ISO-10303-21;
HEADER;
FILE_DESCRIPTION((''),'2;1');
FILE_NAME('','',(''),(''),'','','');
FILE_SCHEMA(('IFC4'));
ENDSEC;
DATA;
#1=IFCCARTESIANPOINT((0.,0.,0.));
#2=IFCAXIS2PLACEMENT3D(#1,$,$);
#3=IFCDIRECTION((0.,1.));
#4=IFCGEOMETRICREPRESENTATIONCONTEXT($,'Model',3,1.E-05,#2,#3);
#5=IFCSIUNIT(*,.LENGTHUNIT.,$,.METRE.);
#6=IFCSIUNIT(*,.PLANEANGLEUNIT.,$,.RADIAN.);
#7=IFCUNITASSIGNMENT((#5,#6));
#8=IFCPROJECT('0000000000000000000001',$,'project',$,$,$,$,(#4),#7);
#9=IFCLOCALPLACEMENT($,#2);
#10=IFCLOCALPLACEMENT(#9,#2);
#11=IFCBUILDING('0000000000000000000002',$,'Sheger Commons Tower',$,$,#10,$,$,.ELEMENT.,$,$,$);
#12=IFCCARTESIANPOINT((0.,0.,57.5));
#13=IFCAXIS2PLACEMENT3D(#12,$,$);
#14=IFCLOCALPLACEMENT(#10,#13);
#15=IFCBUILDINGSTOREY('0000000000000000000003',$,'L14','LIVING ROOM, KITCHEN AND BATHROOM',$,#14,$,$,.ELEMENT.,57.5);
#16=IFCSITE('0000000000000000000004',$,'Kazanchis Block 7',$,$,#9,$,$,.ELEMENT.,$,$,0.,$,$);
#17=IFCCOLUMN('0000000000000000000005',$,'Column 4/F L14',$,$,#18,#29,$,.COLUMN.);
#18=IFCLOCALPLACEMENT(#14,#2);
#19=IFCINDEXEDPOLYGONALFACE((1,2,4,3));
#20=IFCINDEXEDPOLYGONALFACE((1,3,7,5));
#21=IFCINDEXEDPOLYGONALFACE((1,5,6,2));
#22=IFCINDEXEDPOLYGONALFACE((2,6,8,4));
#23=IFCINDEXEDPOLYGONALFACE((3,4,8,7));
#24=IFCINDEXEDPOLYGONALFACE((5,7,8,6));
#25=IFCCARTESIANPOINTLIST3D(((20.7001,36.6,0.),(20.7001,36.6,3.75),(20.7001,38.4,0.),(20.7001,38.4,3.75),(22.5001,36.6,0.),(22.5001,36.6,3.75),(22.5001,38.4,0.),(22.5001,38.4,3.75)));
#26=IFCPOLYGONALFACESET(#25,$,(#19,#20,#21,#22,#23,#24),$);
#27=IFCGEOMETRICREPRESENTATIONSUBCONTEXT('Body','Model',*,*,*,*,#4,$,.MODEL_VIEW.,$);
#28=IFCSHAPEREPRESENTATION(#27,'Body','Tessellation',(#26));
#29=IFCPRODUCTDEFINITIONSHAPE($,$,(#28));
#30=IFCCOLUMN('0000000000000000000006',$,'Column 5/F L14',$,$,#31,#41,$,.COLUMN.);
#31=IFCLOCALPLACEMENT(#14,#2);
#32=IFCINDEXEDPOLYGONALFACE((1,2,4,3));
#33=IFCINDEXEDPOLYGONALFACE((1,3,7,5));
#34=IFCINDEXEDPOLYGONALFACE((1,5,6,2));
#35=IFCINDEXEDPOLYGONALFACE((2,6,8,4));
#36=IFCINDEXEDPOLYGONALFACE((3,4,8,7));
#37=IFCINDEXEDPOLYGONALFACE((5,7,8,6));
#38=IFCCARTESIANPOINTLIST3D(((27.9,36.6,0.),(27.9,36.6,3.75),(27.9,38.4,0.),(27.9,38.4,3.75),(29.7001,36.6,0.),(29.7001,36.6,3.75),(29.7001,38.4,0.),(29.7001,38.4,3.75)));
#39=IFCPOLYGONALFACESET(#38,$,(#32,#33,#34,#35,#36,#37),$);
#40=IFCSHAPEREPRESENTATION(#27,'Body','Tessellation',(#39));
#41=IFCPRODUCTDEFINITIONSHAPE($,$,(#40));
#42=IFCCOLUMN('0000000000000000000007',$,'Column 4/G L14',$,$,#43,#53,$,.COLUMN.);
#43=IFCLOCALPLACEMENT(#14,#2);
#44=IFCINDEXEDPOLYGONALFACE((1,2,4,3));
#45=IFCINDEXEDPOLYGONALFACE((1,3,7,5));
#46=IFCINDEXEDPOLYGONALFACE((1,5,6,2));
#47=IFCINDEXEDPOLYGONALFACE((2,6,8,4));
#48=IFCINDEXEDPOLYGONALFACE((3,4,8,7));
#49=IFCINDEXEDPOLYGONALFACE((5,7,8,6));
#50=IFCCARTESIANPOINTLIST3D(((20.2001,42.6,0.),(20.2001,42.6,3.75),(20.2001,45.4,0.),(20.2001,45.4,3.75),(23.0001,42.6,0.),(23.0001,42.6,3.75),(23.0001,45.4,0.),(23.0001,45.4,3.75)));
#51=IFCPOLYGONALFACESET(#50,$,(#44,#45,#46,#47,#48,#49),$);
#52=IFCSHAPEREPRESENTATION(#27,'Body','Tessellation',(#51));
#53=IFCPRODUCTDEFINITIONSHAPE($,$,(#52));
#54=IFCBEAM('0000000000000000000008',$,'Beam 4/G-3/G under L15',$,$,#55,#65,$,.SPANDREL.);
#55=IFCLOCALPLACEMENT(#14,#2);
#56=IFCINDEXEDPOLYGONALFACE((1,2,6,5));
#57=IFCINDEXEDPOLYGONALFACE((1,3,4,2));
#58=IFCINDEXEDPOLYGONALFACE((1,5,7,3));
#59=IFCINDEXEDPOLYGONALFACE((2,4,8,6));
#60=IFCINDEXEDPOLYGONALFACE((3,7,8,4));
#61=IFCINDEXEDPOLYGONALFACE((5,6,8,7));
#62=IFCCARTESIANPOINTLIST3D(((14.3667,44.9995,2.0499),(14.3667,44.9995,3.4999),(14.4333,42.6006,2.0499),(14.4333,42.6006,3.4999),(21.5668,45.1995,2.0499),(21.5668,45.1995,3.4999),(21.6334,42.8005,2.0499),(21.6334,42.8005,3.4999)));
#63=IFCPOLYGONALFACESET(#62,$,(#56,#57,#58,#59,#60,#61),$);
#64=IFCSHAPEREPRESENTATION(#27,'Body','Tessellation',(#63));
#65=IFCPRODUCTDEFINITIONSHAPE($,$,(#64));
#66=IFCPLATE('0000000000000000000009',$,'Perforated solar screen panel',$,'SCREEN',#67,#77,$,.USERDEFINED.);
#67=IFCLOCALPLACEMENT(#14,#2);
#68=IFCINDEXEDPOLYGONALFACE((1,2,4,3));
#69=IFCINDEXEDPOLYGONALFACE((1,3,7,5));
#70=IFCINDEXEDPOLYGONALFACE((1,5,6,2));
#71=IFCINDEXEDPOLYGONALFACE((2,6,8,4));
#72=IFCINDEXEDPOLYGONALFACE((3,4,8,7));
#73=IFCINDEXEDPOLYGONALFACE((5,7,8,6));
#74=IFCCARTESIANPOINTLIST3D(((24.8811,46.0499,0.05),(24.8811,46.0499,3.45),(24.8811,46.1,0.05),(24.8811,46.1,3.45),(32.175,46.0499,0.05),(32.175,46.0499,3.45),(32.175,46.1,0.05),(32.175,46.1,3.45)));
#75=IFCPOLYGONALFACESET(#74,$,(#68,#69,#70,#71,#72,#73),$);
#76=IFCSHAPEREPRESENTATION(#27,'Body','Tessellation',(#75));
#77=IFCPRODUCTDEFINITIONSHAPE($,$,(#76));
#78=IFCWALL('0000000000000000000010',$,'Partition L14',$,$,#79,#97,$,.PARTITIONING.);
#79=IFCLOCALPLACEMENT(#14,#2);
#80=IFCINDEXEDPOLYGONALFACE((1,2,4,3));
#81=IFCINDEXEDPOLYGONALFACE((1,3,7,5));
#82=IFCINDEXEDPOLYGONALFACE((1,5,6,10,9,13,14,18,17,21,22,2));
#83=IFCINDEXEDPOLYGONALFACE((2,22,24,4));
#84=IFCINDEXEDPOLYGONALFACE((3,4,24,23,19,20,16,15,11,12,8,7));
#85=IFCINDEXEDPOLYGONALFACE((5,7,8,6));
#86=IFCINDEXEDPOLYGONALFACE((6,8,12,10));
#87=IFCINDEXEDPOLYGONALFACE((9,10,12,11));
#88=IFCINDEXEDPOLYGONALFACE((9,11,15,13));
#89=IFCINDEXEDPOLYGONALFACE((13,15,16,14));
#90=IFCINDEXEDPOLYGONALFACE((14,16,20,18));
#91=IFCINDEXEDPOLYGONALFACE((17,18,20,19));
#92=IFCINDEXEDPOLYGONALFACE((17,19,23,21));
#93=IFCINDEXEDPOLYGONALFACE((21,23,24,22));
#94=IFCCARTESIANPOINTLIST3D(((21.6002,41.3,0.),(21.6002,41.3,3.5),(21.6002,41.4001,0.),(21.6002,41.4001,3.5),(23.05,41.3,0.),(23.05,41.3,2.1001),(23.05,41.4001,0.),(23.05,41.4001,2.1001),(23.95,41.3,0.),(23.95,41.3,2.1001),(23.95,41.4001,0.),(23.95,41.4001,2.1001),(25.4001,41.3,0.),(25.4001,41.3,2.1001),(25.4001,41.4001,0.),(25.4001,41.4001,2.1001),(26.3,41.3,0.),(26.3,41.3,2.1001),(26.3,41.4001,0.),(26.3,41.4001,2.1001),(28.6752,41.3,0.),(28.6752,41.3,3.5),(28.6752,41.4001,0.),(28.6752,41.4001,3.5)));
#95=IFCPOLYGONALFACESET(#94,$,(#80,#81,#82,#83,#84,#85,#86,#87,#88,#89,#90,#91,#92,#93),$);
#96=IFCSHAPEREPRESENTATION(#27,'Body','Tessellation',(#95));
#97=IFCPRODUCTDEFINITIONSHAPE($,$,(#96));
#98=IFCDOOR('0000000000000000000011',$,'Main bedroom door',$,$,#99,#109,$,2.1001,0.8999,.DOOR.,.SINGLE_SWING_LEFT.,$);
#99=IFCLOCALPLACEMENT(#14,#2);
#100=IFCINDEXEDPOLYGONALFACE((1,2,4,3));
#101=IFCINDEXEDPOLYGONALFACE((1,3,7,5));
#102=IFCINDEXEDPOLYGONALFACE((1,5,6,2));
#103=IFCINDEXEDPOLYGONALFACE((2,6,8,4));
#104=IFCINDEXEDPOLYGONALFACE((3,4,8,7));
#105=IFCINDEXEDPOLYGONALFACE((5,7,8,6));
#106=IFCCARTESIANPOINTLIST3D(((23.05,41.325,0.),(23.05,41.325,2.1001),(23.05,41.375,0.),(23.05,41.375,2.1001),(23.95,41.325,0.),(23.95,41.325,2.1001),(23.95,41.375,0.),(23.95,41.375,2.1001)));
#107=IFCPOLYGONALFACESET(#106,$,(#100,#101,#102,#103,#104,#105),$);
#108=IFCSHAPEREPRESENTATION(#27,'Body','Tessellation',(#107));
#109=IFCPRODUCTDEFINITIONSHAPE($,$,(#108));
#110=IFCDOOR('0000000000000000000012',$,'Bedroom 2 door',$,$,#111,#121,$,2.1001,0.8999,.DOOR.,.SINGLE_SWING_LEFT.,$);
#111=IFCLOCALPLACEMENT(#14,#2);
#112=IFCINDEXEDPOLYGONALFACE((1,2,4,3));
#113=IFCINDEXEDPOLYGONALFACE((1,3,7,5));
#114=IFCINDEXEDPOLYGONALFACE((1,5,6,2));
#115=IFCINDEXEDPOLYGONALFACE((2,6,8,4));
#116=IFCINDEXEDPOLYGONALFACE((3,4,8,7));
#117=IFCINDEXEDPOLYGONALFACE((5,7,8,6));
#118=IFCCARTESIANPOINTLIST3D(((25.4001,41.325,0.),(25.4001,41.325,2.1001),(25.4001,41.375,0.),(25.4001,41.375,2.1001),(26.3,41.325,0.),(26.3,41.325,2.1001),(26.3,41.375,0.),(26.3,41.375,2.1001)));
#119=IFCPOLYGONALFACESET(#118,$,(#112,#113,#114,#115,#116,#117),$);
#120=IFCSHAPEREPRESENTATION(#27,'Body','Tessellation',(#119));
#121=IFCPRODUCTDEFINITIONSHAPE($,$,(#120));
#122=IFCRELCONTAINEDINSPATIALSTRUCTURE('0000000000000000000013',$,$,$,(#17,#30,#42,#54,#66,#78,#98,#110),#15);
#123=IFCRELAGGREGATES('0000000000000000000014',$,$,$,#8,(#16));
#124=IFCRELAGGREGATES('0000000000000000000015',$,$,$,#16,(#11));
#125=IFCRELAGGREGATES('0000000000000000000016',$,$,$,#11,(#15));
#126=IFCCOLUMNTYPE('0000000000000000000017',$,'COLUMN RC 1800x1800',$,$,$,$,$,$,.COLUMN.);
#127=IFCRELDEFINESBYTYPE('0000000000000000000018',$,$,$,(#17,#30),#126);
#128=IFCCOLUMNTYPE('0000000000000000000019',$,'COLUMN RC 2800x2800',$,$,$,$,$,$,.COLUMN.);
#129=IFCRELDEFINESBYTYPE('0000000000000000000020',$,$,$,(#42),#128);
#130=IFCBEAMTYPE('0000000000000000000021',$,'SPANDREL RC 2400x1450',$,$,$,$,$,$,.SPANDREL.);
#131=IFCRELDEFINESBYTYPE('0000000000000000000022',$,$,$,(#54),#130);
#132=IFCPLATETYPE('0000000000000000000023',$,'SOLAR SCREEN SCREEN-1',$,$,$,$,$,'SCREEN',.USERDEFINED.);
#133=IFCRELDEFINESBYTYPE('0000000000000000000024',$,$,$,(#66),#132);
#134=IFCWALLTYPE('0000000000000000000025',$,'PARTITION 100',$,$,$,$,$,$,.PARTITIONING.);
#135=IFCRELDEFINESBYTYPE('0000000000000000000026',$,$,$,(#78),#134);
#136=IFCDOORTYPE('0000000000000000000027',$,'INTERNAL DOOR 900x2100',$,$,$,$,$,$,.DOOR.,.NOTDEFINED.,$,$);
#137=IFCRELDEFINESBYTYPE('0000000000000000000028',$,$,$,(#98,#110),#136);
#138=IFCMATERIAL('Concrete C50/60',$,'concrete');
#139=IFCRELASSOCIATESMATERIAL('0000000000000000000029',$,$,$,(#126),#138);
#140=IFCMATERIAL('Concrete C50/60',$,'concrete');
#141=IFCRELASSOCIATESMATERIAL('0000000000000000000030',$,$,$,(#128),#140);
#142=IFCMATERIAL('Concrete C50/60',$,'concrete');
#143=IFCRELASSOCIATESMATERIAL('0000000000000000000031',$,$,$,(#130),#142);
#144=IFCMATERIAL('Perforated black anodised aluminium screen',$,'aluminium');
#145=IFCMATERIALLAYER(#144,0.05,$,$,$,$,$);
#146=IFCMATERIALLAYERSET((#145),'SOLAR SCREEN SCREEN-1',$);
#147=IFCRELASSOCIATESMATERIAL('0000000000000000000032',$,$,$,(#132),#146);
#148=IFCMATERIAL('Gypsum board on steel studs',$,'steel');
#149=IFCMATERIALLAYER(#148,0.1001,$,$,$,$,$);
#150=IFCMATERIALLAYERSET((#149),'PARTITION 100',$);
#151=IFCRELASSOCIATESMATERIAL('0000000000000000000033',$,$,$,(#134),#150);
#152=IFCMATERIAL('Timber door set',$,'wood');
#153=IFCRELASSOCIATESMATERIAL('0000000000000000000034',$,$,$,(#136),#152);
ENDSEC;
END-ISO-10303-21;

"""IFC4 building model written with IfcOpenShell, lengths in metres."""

from ifc_helpers import new_model, si_unit, direction, frame, frame_2d, origin, origin_2d, place, context, subcontext, project, spatial, rectangle, extrude, material, layer, layer_set, material_profile, profile_set, type_object, element, fill, save


model = new_model("IFC4")

# Units and contexts
model_context = context("Model", 3, precision=1e-05, world=origin(), true_north=direction((0.0, 1.0)))
body_context = subcontext(model_context, "Body", "Model", "MODEL_VIEW")
ifc_project = project(units=[si_unit("LENGTHUNIT", "METRE"), si_unit("PLANEANGLEUNIT", "RADIAN")], contexts=[model_context])

# Site, building, storey
site_placement = place(None, origin())
site = spatial("IfcSite", under=ifc_project, at=site_placement, Name="Kazanchis Block 7", CompositionType="ELEMENT", RefElevation=0.0)
building_placement = place(site_placement, origin())
building = spatial("IfcBuilding", under=site, at=building_placement, Name="Sheger Commons Tower", CompositionType="ELEMENT")
storey_placement = place(building_placement, frame((0.0, 0.0, 57.5)))
storey = spatial("IfcBuildingStorey", under=building, at=storey_placement, Name="L14", Description="LIVING ROOM, KITCHEN AND BATHROOM", CompositionType="ELEMENT", Elevation=57.5)

# Columns
ifc_material_1 = material(Name="Concrete C50/60", Category="concrete")
ifc_material_profile_1 = material_profile(ifc_material_1, rectangle(XDim=1.8, YDim=1.8, at=origin_2d()), Name="RC 1800x1800")
ifc_profile_set_1 = profile_set([ifc_material_profile_1], Name="Concrete C50/60")
column_type_1 = type_object("IfcColumnType", Name="COLUMN RC 1800x1800", PredefinedType="COLUMN", material=ifc_profile_set_1)
for number, where, z_axis, x_axis, name in (
    (1, (21.6001, 37.5, 0.0), (0.0, 0.0, 1.0), (1.0, 0.0, 0.0), "Column 4/F L14"),
    (2, (28.8, 37.5, 0.0), (0.0, 0.0, 1.0), (1.0, 0.0, 0.0), "Column 5/F L14"),
):
    element("IfcColumn", number, at=place(storey_placement, frame(where, z_axis=z_axis, x_axis=x_axis)), inside=storey, type_object=column_type_1, Name=name, PredefinedType="COLUMN", context=body_context, shape_type="SweptSolid", body=[
        extrude(rectangle(XDim=1.8, YDim=1.8, at=origin_2d()), origin(), (0.0, 0.0, 1.0), 3.75),
    ])
ifc_material_2 = material(Name="Concrete C50/60", Category="concrete")
ifc_material_profile_2 = material_profile(ifc_material_2, rectangle(XDim=2.8, YDim=2.8, at=origin_2d()), Name="RC 2800x2800")
ifc_profile_set_2 = profile_set([ifc_material_profile_2], Name="Concrete C50/60")
column_type_2 = type_object("IfcColumnType", Name="COLUMN RC 2800x2800", PredefinedType="COLUMN", material=ifc_profile_set_2)
column_placement = place(storey_placement, frame((21.6001, 44.0, 0.0), z_axis=(0.0, 0.0, 1.0), x_axis=(1.0, 0.0, 0.0)))
element("IfcColumn", 3, at=column_placement, inside=storey, type_object=column_type_2, Name="Column 4/G L14", PredefinedType="COLUMN", context=body_context, shape_type="SweptSolid", body=[
    extrude(rectangle(XDim=2.8, YDim=2.8, at=origin_2d()), origin(), (0.0, 0.0, 1.0), 3.75),
])

# Beam
ifc_material_3 = material(Name="Concrete C50/60", Category="concrete")
ifc_material_profile_3 = material_profile(ifc_material_3, rectangle(XDim=2.3999, YDim=1.45, at=origin_2d()), Name="RC 2400x1450")
ifc_profile_set_3 = profile_set([ifc_material_profile_3], Name="Concrete C50/60")
beam_type = type_object("IfcBeamType", Name="SPANDREL RC 2400x1450", PredefinedType="SPANDREL", material=ifc_profile_set_3)
beam_placement = place(storey_placement, frame((21.6001, 44.0, 2.7749), z_axis=(-0.999615, -0.02776, 0.0), x_axis=(0.02776, -0.999615, 0.0)))
element("IfcBeam", 4, at=beam_placement, inside=storey, type_object=beam_type, Name="Beam 4/G-3/G under L15", PredefinedType="SPANDREL", context=body_context, shape_type="SweptSolid", body=[
    extrude(rectangle(XDim=2.3999, YDim=1.45, at=origin_2d()), origin(), (0.0, 0.0, 1.0), 7.2029),
])

# Plate
ifc_material_4 = material(Name="Perforated black anodised aluminium screen", Category="aluminium")
ifc_layer_1 = layer(ifc_material_4, 0.05)
ifc_layer_set_1 = layer_set([ifc_layer_1], Name="SOLAR SCREEN SCREEN-1")
plate_type = type_object("IfcPlateType", Name="SOLAR SCREEN SCREEN-1", ElementType="SCREEN", PredefinedType="USERDEFINED", material=ifc_layer_set_1)
plate_placement = place(storey_placement, frame((28.5281, 46.075, 0.05), z_axis=(0.0, 0.0, 1.0), x_axis=(-1.0, 0.0, 0.0)))
element("IfcPlate", 5, at=plate_placement, inside=storey, type_object=plate_type, Name="Perforated solar screen panel", ObjectType="SCREEN", PredefinedType="USERDEFINED", context=body_context, shape_type="SweptSolid", body=[
    extrude(rectangle(XDim=7.2939, YDim=0.05, at=origin_2d()), origin(), (0.0, 0.0, 1.0), 3.3999),
])

# Wall, openings, doors
ifc_material_5 = material(Name="Gypsum board on steel studs", Category="steel")
ifc_layer_2 = layer(ifc_material_5, 0.1001)
ifc_layer_set_2 = layer_set([ifc_layer_2], Name="PARTITION 100")
wall_type = type_object("IfcWallType", Name="PARTITION 100", PredefinedType="PARTITIONING", material=ifc_layer_set_2)
wall_1_placement = place(storey_placement, frame((21.6001, 41.3501, 0.0), z_axis=(0.0, 0.0, 1.0), x_axis=(1.0, 0.0, 0.0)))
wall_1 = element("IfcWall", 6, at=wall_1_placement, inside=storey, type_object=wall_type, Name="Partition L14", PredefinedType="PARTITIONING", context=body_context, shape_type="SweptSolid", body=[
    extrude(rectangle(XDim=7.075, YDim=0.1001, at=frame_2d((3.5376, 0.0))), origin(), (0.0, 0.0, 1.0), 3.5),
])
opening_1_placement = place(wall_1_placement, frame((1.45, 0.0, 0.0)))
opening_1 = element("IfcOpeningElement", 7, at=opening_1_placement, cuts=wall_1, PredefinedType="OPENING", context=body_context, shape_type="SweptSolid", body=[
    extrude(rectangle(XDim=0.8999, YDim=2.1001, at=frame_2d((0.45, 1.05))), frame((0.0, 0.0601, 0.0), z_axis=(0.0, -1.0, 0.0), x_axis=(1.0, 0.0, 0.0)), (0.0, 0.0, 1.0), 0.1201),
])
opening_2_placement = place(wall_1_placement, frame((3.8, 0.0, 0.0)))
opening_2 = element("IfcOpeningElement", 8, at=opening_2_placement, cuts=wall_1, PredefinedType="OPENING", context=body_context, shape_type="SweptSolid", body=[
    extrude(rectangle(XDim=0.8999, YDim=2.1001, at=frame_2d((0.45, 1.05))), frame((0.0, 0.0601, 0.0), z_axis=(0.0, -1.0, 0.0), x_axis=(1.0, 0.0, 0.0)), (0.0, 0.0, 1.0), 0.1201),
])
ifc_material_6 = material(Name="Timber door set", Category="wood")
door_type = type_object("IfcDoorType", Name="INTERNAL DOOR 900x2100", OperationType="NOTDEFINED", PredefinedType="DOOR", material=ifc_material_6)
door_1_placement = place(opening_1_placement, origin())
door_1 = element("IfcDoor", 9, at=door_1_placement, inside=storey, type_object=door_type, Name="Main bedroom door", OperationType="SINGLE_SWING_LEFT", OverallHeight=2.1001, OverallWidth=0.8999, PredefinedType="DOOR", context=body_context, shape_type="SweptSolid", body=[
    extrude(rectangle(XDim=0.8999, YDim=2.1001, at=frame_2d((0.45, 1.05))), frame((0.0, 0.0249, 0.0), z_axis=(0.0, -1.0, 0.0), x_axis=(1.0, 0.0, 0.0)), (0.0, 0.0, 1.0), 0.05),
])
fill(opening_1, door_1)
door_2_placement = place(opening_2_placement, origin())
door_2 = element("IfcDoor", 10, at=door_2_placement, inside=storey, type_object=door_type, Name="Bedroom 2 door", OperationType="SINGLE_SWING_LEFT", OverallHeight=2.1001, OverallWidth=0.8999, PredefinedType="DOOR", context=body_context, shape_type="SweptSolid", body=[
    extrude(rectangle(XDim=0.8999, YDim=2.1001, at=frame_2d((0.45, 1.05))), frame((0.0, 0.0249, 0.0), z_axis=(0.0, -1.0, 0.0), x_axis=(1.0, 0.0, 0.0)), (0.0, 0.0, 1.0), 0.05),
])
fill(opening_2, door_2)

save(model, "model.ifc")
